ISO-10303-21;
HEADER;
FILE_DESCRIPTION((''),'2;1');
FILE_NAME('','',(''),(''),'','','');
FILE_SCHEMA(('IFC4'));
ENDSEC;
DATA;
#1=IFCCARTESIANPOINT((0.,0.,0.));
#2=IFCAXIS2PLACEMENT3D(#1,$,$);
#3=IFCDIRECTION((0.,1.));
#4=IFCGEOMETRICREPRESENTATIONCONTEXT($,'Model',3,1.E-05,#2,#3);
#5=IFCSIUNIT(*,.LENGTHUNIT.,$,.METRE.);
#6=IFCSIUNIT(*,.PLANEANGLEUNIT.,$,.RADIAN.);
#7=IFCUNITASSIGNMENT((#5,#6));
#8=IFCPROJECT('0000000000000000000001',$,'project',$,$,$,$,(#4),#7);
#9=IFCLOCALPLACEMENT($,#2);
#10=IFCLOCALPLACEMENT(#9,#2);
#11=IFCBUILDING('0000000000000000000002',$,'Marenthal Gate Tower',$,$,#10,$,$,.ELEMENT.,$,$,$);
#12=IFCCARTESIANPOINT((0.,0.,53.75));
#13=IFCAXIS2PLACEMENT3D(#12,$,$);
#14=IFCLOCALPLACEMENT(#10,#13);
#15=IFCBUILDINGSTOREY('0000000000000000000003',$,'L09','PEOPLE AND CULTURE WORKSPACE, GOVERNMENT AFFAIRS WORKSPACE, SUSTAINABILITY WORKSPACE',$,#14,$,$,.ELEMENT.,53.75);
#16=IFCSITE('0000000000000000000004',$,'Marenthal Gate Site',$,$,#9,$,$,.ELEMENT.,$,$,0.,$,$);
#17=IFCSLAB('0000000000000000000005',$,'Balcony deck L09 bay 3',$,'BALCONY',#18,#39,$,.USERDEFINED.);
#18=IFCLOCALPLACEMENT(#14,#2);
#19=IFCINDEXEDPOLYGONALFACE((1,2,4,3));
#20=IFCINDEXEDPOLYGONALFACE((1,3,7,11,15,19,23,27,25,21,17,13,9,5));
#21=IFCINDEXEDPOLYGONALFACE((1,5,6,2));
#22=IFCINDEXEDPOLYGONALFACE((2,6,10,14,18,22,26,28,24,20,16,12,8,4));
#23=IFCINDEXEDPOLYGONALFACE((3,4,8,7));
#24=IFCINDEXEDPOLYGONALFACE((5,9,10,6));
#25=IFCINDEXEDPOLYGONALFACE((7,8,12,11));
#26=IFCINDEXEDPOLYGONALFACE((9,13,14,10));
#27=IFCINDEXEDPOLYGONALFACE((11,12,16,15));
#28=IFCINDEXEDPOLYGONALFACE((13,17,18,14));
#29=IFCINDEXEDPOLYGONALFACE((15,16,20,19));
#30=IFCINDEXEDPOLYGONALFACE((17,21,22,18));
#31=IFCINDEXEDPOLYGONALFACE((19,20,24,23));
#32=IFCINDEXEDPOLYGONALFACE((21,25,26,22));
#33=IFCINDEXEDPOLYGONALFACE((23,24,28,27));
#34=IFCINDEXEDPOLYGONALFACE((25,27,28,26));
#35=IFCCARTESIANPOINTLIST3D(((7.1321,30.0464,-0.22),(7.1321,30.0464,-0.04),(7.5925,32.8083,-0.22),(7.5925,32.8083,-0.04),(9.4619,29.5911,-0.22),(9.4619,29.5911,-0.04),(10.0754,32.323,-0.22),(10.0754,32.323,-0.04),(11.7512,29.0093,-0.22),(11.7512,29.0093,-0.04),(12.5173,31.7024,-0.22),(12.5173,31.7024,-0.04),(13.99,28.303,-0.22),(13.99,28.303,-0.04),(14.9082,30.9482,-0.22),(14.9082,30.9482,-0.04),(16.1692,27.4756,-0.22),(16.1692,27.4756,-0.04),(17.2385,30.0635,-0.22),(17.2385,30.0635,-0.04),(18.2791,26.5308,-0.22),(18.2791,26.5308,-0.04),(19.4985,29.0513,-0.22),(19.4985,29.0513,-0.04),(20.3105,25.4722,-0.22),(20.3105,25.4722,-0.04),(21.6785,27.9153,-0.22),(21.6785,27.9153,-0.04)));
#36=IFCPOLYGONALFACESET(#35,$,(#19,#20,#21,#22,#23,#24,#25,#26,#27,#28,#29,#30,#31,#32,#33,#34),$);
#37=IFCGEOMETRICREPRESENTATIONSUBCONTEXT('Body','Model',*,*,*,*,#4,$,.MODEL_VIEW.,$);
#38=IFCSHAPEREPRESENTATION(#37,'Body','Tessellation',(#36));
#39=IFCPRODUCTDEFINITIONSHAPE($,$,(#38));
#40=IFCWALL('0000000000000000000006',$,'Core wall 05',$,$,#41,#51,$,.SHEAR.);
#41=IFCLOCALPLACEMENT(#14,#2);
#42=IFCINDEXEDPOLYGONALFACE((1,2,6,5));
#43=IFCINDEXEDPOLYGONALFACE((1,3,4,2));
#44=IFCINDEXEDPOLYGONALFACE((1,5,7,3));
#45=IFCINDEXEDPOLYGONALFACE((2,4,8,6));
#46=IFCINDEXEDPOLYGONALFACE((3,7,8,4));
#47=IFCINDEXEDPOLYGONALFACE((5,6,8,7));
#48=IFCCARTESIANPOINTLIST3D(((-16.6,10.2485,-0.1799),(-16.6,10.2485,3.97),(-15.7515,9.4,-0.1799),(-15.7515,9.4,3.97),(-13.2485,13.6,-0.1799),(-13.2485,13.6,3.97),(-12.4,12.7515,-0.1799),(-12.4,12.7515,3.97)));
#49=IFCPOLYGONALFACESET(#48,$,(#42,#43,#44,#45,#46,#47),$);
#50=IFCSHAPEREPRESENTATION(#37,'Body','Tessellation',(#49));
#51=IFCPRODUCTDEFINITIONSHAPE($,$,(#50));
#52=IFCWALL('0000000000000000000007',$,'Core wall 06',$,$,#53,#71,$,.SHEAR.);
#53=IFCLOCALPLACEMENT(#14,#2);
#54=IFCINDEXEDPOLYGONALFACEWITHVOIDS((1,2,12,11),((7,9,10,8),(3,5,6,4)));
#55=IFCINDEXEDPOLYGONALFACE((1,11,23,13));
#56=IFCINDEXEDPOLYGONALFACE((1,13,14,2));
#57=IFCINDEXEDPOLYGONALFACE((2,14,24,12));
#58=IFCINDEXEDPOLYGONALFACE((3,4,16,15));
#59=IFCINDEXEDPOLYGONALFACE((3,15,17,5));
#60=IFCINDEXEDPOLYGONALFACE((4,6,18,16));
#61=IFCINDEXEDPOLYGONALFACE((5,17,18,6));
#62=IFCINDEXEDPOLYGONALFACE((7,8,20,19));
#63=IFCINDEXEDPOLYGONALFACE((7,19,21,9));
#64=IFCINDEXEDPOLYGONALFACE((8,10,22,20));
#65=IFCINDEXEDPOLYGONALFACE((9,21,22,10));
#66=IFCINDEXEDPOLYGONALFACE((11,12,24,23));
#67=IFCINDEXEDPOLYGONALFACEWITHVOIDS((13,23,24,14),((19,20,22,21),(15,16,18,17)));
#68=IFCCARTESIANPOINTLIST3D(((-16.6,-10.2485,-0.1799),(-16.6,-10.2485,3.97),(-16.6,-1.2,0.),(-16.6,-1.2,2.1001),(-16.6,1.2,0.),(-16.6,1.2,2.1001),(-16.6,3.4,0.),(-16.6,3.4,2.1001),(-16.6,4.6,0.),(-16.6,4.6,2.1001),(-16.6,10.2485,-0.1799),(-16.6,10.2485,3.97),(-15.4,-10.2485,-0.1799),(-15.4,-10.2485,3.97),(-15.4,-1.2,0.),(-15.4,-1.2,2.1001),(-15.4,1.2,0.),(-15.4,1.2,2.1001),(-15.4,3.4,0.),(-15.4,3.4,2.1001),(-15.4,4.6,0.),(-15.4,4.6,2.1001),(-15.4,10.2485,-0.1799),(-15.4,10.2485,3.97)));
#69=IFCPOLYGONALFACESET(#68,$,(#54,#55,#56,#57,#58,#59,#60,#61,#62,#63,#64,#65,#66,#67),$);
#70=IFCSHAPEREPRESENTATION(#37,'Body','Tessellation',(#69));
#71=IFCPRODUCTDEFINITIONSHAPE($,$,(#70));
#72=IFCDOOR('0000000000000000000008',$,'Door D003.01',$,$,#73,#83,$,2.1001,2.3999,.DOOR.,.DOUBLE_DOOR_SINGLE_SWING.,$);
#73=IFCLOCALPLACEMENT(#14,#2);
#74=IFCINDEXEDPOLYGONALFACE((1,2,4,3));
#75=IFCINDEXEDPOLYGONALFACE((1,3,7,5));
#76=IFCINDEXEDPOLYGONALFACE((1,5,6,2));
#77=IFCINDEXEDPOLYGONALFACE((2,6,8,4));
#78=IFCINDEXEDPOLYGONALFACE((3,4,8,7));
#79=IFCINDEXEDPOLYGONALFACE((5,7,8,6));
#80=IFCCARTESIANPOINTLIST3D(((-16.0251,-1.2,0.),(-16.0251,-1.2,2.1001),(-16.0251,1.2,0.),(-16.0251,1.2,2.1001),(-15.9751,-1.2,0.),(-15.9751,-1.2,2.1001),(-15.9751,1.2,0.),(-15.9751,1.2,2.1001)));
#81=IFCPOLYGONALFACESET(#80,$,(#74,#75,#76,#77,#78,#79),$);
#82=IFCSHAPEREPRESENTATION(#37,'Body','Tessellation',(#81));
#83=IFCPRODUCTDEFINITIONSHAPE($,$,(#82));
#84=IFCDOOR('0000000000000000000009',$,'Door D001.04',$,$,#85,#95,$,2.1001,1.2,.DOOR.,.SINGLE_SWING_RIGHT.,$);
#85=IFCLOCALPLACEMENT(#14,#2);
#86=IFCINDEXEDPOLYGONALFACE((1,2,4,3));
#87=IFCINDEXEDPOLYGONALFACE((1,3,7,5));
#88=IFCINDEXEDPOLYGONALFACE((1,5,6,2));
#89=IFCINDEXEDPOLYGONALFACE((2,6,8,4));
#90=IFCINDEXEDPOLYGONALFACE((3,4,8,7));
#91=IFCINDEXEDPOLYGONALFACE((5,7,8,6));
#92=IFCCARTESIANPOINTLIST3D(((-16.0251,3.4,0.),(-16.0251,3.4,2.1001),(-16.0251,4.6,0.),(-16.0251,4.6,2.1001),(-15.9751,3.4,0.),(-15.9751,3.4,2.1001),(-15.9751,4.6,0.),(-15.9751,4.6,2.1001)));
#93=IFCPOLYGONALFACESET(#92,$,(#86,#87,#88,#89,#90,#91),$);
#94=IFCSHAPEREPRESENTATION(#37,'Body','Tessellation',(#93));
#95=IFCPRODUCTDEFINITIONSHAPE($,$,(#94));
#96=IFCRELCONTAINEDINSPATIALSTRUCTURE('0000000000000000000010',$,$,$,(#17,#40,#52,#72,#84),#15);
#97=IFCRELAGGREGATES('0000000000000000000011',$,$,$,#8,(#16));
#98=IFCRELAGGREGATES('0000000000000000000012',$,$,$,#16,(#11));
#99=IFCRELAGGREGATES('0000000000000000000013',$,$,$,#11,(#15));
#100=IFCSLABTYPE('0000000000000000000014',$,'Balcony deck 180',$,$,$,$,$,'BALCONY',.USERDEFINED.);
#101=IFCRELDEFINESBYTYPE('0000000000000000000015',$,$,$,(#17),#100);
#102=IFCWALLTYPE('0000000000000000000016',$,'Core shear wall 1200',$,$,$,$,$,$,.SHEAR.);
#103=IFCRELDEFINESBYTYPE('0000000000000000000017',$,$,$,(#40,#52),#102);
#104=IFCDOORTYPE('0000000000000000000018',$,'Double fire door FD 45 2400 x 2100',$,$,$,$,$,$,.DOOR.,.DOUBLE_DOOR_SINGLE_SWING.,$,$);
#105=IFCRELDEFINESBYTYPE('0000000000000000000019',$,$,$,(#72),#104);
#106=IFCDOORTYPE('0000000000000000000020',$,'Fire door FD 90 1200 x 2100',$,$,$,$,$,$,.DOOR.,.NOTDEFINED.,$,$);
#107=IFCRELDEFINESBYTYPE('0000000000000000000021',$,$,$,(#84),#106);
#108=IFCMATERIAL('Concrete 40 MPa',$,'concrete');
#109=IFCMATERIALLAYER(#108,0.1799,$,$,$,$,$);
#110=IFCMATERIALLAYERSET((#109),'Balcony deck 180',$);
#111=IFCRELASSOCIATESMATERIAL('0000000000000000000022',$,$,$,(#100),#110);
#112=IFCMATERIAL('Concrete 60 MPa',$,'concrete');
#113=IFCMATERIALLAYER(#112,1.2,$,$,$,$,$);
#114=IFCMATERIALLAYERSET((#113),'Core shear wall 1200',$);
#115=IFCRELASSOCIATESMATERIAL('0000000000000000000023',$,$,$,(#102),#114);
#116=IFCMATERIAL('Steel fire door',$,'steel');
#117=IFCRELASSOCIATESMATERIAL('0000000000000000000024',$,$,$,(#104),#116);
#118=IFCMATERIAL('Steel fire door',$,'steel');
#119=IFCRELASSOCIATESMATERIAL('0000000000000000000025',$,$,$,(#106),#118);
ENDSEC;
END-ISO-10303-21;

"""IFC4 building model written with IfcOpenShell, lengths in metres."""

from ifc_helpers import new_model, si_unit, direction, frame, frame_2d, origin, place, context, subcontext, project, spatial, polyline, rectangle, outline, extrude, material, layer, layer_set, type_object, element, fill, save


model = new_model("IFC4")

# Units and contexts
model_context = context("Model", 3, precision=1e-05, world=origin(), true_north=direction((0.0, 1.0)))
body_context = subcontext(model_context, "Body", "Model", "MODEL_VIEW")
ifc_project = project(units=[si_unit("LENGTHUNIT", "METRE"), si_unit("PLANEANGLEUNIT", "RADIAN")], contexts=[model_context])

# Site, building, storey
site_placement = place(None, origin())
site = spatial("IfcSite", under=ifc_project, at=site_placement, Name="Marenthal Gate Site", CompositionType="ELEMENT", RefElevation=0.0)
building_placement = place(site_placement, origin())
building = spatial("IfcBuilding", under=site, at=building_placement, Name="Marenthal Gate Tower", CompositionType="ELEMENT")
storey_placement = place(building_placement, frame((0.0, 0.0, 53.75)))
storey = spatial("IfcBuildingStorey", under=building, at=storey_placement, Name="L09", Description="PEOPLE AND CULTURE WORKSPACE, GOVERNMENT AFFAIRS WORKSPACE, SUSTAINABILITY WORKSPACE", CompositionType="ELEMENT", Elevation=53.75)

# Slab
ifc_material_1 = material(Name="Concrete 40 MPa", Category="concrete")
ifc_layer_1 = layer(ifc_material_1, 0.1799)
ifc_layer_set_1 = layer_set([ifc_layer_1], Name="Balcony deck 180")
slab_type = type_object("IfcSlabType", Name="Balcony deck 180", ElementType="BALCONY", PredefinedType="USERDEFINED", material=ifc_layer_set_1)
slab_placement = place(storey_placement, frame((0.0, 0.0, -0.22)))
element("IfcSlab", 1, at=slab_placement, inside=storey, type_object=slab_type, Name="Balcony deck L09 bay 3", ObjectType="BALCONY", PredefinedType="USERDEFINED", context=body_context, shape_type="SweptSolid", body=[
    extrude(outline(polyline([(20.3105, 25.4722), (18.2791, 26.5308), (16.1692, 27.4756), (13.99, 28.303), (11.7512, 29.0093), (9.4619, 29.5911), (7.1321, 30.0464), (7.5925, 32.8083), (10.0754, 32.323), (12.5173, 31.7024), (14.9082, 30.9482), (17.2385, 30.0635), (19.4985, 29.0513), (21.6785, 27.9153), (20.3105, 25.4722)])), origin(), (0.0, 0.0, 1.0), 0.1799),
])

# Wall
ifc_material_2 = material(Name="Concrete 60 MPa", Category="concrete")
ifc_layer_2 = layer(ifc_material_2, 1.2)
ifc_layer_set_2 = layer_set([ifc_layer_2], Name="Core shear wall 1200")
wall_type_1 = type_object("IfcWallType", Name="Core shear wall 1200", PredefinedType="SHEAR", material=ifc_layer_set_2)
wall_1_placement = place(storey_placement, frame((-12.8242, 13.1758, -0.1799), z_axis=(0.0, 0.0, 1.0), x_axis=(-0.707107, -0.707107, 0.0)))
element("IfcWall", 2, at=wall_1_placement, inside=storey, type_object=wall_type_1, Name="Core wall 05", PredefinedType="SHEAR", context=body_context, shape_type="SweptSolid", body=[
    extrude(rectangle(XDim=4.7397, YDim=1.2, at=frame_2d((2.3699, 0.0))), origin(), (0.0, 0.0, 1.0), 4.1499),
])

# Wall, openings, doors
wall_2_placement = place(storey_placement, frame((-16.0, 10.2485, -0.1799), z_axis=(0.0, 0.0, 1.0), x_axis=(0.0, -1.0, 0.0)))
wall_2 = element("IfcWall", 3, at=wall_2_placement, inside=storey, type_object=wall_type_1, Name="Core wall 06", PredefinedType="SHEAR", context=body_context, shape_type="SweptSolid", body=[
    extrude(rectangle(XDim=20.4971, YDim=1.2, at=frame_2d((10.2485, 0.0))), origin(), (0.0, 0.0, 1.0), 4.1499),
])
opening_1_placement = place(wall_2_placement, frame((9.0486, 0.0, 0.1799)))
opening_1 = element("IfcOpeningElement", 4, at=opening_1_placement, cuts=wall_2, PredefinedType="OPENING", context=body_context, shape_type="SweptSolid", body=[
    extrude(rectangle(XDim=2.3999, YDim=2.1001, at=frame_2d((1.2, 1.05))), frame((0.0, 0.6099, 0.0), z_axis=(0.0, -1.0, 0.0), x_axis=(1.0, 0.0, 0.0)), (0.0, 0.0, 1.0), 1.22),
])
opening_2_placement = place(wall_2_placement, frame((5.6484, 0.0, 0.1799)))
opening_2 = element("IfcOpeningElement", 5, at=opening_2_placement, cuts=wall_2, PredefinedType="OPENING", context=body_context, shape_type="SweptSolid", body=[
    extrude(rectangle(XDim=1.2, YDim=2.1001, at=frame_2d((0.6001, 1.05))), frame((0.0, 0.6099, 0.0), z_axis=(0.0, -1.0, 0.0), x_axis=(1.0, 0.0, 0.0)), (0.0, 0.0, 1.0), 1.22),
])
ifc_material_3 = material(Name="Steel fire door", Category="steel")
door_type_1 = type_object("IfcDoorType", Name="Double fire door FD 45 2400 x 2100", OperationType="DOUBLE_DOOR_SINGLE_SWING", PredefinedType="DOOR", material=ifc_material_3)
door_1_placement = place(opening_1_placement, origin())
door_1 = element("IfcDoor", 6, at=door_1_placement, inside=storey, type_object=door_type_1, Name="Door D003.01", OperationType="DOUBLE_DOOR_SINGLE_SWING", OverallHeight=2.1001, OverallWidth=2.3999, PredefinedType="DOOR", context=body_context, shape_type="SweptSolid", body=[
    extrude(rectangle(XDim=2.3999, YDim=2.1001, at=frame_2d((1.2, 1.05))), frame((0.0, 0.0249, 0.0), z_axis=(0.0, -1.0, 0.0), x_axis=(1.0, 0.0, 0.0)), (0.0, 0.0, 1.0), 0.05),
])
fill(opening_1, door_1)
ifc_material_4 = material(Name="Steel fire door", Category="steel")
door_type_2 = type_object("IfcDoorType", Name="Fire door FD 90 1200 x 2100", OperationType="NOTDEFINED", PredefinedType="DOOR", material=ifc_material_4)
door_2_placement = place(opening_2_placement, origin())
door_2 = element("IfcDoor", 7, at=door_2_placement, inside=storey, type_object=door_type_2, Name="Door D001.04", OperationType="SINGLE_SWING_RIGHT", OverallHeight=2.1001, OverallWidth=1.2, PredefinedType="DOOR", context=body_context, shape_type="SweptSolid", body=[
    extrude(rectangle(XDim=1.2, YDim=2.1001, at=frame_2d((0.6001, 1.05))), frame((0.0, 0.0249, 0.0), z_axis=(0.0, -1.0, 0.0), x_axis=(1.0, 0.0, 0.0)), (0.0, 0.0, 1.0), 0.05),
])
fill(opening_2, door_2)

save(model, "model.ifc")
